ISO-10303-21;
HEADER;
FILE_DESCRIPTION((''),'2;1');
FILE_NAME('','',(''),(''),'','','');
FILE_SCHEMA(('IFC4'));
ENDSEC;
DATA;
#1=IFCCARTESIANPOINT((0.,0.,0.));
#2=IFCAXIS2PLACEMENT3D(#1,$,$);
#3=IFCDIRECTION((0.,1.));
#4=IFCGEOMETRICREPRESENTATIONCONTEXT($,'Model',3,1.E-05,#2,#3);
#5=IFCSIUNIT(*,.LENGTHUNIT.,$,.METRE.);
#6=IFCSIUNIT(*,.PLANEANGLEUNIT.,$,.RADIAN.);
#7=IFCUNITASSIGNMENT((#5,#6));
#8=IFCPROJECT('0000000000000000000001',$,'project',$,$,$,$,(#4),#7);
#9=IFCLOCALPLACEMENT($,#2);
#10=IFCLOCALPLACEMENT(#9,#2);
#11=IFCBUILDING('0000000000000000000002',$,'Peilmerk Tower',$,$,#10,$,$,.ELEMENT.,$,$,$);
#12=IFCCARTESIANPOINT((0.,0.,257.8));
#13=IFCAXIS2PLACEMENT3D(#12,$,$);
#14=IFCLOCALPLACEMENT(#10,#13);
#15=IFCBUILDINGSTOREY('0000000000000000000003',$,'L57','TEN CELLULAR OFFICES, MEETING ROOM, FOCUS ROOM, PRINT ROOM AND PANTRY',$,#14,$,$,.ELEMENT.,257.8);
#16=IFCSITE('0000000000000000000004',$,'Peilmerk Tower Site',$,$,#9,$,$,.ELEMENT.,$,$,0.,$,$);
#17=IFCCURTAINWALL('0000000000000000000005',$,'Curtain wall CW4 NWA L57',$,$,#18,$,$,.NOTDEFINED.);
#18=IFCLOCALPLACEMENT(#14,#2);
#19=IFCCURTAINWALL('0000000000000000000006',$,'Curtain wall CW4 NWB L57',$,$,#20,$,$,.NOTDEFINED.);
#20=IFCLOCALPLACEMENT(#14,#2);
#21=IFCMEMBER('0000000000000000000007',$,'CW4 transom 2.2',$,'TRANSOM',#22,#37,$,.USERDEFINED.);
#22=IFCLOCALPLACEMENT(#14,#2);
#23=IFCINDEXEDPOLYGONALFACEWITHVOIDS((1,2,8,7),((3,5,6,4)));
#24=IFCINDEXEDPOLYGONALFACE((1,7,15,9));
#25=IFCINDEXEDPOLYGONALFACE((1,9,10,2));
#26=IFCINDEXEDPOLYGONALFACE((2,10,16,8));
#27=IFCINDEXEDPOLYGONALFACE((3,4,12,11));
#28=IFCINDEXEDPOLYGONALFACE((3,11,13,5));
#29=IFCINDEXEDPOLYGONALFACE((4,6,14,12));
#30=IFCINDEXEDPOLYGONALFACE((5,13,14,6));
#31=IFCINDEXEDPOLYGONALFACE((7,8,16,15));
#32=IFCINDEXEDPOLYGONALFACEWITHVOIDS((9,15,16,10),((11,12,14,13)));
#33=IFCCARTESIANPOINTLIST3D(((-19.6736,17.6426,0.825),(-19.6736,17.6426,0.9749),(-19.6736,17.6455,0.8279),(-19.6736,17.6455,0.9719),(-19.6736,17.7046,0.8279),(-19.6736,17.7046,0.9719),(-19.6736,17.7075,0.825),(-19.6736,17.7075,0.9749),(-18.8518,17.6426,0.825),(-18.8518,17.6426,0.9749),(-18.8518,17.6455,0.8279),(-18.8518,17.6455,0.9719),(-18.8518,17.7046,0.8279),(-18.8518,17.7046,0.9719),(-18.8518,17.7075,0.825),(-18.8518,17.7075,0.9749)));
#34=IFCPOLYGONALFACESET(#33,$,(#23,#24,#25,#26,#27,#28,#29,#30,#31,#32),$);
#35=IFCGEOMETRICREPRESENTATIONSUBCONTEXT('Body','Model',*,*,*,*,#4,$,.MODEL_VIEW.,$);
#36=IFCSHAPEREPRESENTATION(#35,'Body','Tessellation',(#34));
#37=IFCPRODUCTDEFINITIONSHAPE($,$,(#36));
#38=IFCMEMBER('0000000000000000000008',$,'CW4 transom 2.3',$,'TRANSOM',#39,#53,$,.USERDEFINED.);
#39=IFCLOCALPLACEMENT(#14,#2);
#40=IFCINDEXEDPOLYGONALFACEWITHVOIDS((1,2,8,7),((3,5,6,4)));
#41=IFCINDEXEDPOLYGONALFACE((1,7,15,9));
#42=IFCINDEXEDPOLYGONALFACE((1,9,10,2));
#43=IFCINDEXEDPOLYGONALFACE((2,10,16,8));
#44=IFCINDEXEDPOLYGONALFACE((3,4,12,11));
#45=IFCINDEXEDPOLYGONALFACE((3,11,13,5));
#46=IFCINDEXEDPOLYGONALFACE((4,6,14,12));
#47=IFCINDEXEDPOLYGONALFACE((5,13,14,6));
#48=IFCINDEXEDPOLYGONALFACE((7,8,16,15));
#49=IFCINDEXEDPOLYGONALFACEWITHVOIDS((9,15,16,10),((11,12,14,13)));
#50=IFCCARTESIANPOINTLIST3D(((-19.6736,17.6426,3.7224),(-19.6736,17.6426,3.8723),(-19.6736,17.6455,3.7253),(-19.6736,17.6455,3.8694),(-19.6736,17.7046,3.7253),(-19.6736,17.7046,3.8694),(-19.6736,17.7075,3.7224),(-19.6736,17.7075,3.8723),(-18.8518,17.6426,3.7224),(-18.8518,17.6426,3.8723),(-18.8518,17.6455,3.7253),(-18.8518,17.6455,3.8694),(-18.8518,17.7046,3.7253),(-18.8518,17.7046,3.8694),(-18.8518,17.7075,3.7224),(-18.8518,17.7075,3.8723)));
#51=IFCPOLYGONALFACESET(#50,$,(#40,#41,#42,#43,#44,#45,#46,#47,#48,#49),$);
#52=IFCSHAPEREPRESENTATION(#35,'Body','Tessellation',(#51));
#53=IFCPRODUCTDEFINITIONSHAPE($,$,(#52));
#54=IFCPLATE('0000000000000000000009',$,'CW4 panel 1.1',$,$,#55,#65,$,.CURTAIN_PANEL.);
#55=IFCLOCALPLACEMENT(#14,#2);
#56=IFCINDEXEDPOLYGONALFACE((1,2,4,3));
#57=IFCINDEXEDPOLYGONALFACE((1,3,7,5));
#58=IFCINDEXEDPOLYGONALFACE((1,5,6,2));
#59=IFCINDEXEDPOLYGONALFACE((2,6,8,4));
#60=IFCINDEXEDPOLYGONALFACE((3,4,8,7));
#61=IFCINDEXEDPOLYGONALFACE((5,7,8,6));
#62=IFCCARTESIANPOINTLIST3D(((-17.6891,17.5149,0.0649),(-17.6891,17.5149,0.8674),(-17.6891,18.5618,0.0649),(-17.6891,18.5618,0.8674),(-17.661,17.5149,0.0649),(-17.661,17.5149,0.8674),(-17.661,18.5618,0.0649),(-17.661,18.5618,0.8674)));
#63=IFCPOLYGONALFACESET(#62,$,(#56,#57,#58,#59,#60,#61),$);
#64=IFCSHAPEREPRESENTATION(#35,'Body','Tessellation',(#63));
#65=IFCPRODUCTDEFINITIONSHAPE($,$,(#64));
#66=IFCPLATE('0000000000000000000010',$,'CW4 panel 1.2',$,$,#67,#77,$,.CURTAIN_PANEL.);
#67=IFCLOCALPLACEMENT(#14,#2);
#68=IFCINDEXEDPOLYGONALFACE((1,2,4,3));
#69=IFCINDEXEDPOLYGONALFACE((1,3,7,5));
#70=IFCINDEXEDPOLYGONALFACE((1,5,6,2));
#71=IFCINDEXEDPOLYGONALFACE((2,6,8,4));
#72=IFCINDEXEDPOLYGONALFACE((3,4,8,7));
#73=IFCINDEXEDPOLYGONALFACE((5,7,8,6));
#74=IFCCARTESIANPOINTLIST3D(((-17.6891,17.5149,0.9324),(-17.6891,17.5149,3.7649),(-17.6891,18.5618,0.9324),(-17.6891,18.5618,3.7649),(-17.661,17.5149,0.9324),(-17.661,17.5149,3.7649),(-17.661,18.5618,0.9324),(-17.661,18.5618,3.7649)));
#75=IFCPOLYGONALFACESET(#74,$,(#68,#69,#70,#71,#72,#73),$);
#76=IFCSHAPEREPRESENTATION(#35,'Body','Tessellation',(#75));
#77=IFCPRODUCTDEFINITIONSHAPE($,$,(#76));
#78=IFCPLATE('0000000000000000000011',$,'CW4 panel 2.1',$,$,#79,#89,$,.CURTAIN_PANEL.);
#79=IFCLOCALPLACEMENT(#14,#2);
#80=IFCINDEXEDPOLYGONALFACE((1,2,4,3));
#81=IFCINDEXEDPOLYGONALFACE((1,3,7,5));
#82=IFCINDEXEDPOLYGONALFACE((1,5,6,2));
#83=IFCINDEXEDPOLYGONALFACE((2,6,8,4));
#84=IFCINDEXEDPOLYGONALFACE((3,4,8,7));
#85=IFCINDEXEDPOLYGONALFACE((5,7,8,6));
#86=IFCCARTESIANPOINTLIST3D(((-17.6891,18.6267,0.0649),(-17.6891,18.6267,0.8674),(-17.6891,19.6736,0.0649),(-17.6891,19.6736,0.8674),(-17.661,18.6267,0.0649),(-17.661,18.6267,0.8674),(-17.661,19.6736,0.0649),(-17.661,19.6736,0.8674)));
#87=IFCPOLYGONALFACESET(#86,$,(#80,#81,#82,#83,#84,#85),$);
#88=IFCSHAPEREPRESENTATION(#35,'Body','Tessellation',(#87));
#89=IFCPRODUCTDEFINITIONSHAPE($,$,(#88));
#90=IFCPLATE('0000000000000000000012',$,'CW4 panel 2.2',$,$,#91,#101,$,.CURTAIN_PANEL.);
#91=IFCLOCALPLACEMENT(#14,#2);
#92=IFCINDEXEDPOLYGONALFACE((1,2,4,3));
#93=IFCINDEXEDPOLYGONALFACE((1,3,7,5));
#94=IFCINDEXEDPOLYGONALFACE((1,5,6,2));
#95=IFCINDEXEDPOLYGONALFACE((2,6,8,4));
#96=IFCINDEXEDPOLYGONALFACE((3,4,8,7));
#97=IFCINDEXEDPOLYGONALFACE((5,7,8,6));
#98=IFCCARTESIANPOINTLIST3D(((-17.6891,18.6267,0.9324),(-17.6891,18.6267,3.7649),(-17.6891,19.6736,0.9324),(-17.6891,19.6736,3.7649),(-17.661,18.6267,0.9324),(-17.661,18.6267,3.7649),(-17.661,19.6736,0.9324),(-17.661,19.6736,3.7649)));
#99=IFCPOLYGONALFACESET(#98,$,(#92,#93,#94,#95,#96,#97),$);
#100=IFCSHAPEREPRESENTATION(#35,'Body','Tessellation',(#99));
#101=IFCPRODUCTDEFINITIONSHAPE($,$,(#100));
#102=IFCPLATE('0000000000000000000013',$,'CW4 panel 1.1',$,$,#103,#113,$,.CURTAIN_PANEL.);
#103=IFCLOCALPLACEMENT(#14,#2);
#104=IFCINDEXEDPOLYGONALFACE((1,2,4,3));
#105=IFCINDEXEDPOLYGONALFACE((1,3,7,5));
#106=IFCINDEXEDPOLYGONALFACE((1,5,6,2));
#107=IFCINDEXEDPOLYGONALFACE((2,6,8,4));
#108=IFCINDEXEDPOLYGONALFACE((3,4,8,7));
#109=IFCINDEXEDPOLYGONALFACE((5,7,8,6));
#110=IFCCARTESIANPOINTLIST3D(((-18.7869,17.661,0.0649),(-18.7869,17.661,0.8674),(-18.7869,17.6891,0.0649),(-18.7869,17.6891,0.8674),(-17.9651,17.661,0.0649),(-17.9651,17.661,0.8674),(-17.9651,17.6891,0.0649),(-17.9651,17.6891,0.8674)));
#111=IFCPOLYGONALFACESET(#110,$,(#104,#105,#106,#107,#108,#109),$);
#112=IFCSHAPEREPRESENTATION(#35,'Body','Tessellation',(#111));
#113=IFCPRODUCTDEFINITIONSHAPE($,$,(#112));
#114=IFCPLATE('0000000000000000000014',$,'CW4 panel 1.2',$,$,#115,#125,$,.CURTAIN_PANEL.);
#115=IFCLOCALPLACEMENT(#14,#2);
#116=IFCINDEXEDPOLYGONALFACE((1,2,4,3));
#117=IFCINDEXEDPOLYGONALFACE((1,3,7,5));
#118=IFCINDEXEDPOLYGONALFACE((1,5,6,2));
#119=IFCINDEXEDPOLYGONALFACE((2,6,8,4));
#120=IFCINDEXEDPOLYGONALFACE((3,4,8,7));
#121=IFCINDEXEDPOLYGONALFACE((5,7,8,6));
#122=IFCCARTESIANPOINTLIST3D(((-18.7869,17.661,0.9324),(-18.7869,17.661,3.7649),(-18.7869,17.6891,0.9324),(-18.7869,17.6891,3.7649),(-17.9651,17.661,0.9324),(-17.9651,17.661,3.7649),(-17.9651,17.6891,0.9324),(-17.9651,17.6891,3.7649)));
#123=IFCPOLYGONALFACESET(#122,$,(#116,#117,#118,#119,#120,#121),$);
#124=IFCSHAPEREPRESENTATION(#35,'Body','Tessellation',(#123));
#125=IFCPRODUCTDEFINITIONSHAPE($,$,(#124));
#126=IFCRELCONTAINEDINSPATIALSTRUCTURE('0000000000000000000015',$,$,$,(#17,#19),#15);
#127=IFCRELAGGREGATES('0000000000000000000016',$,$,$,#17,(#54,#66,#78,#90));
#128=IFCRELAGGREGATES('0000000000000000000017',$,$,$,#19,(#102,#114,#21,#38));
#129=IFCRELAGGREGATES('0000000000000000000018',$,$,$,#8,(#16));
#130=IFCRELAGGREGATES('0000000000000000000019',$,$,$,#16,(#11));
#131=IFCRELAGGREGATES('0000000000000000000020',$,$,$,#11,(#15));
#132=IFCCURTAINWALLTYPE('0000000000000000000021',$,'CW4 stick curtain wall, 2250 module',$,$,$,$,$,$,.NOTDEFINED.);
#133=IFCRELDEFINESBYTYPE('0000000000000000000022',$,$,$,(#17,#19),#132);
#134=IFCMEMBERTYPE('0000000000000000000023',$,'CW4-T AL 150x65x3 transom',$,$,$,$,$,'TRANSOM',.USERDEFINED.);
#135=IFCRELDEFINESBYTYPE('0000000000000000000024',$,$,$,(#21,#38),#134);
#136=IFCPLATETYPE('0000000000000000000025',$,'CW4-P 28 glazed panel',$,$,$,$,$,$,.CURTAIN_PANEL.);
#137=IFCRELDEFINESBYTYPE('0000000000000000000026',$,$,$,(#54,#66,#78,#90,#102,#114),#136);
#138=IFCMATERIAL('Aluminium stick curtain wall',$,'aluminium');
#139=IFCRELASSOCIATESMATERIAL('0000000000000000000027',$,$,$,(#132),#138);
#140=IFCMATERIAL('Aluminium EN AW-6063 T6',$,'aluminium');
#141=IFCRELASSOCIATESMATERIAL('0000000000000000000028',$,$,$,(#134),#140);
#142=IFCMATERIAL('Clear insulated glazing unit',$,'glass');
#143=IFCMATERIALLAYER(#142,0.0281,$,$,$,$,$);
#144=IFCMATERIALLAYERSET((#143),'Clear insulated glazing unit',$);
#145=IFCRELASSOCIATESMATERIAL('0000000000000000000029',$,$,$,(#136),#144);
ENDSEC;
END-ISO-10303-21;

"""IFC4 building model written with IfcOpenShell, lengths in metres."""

from ifc_helpers import new_model, si_unit, direction, frame, origin, origin_2d, place, context, subcontext, project, spatial, rectangle, hollow_rectangle, extrude, material, layer, layer_set, material_profile, profile_set, type_object, element, aggregate, save


model = new_model("IFC4")

# Units and contexts
model_context = context("Model", 3, precision=1e-05, world=origin(), true_north=direction((0.0, 1.0)))
body_context = subcontext(model_context, "Body", "Model", "MODEL_VIEW")
ifc_project = project(units=[si_unit("LENGTHUNIT", "METRE"), si_unit("PLANEANGLEUNIT", "RADIAN")], contexts=[model_context])

# Site, building, storey
site_placement = place(None, origin())
site = spatial("IfcSite", under=ifc_project, at=site_placement, Name="Peilmerk Tower Site", CompositionType="ELEMENT", RefElevation=0.0)
building_placement = place(site_placement, origin())
building = spatial("IfcBuilding", under=site, at=building_placement, Name="Peilmerk Tower", CompositionType="ELEMENT")
storey_placement = place(building_placement, frame((0.0, 0.0, 257.8)))
storey = spatial("IfcBuildingStorey", under=building, at=storey_placement, Name="L57", Description="TEN CELLULAR OFFICES, MEETING ROOM, FOCUS ROOM, PRINT ROOM AND PANTRY", CompositionType="ELEMENT", Elevation=257.8)

# Curtain walls
ifc_material_1 = material(Name="Aluminium stick curtain wall", Category="aluminium")
curtain_wall_type = type_object("IfcCurtainWallType", Name="CW4 stick curtain wall, 2250 module", PredefinedType="NOTDEFINED", material=ifc_material_1)
curtain_wall_1_placement = place(storey_placement, origin())
curtain_wall_1 = element("IfcCurtainWall", 1, at=curtain_wall_1_placement, inside=storey, type_object=curtain_wall_type, Name="Curtain wall CW4 NWA L57", PredefinedType="NOTDEFINED")
ifc_material_2 = material(Name="Aluminium EN AW-6063 T6", Category="aluminium")
curtain_wall_2_placement = place(storey_placement, origin())
curtain_wall_2 = element("IfcCurtainWall", 2, at=curtain_wall_2_placement, inside=storey, type_object=curtain_wall_type, Name="Curtain wall CW4 NWB L57", PredefinedType="NOTDEFINED")

# Members
ifc_material_profile_1 = material_profile(ifc_material_2, hollow_rectangle(XDim=0.0649, YDim=0.1499, WallThickness=0.0029, at=origin_2d()), Name="AL 150x65x3")
ifc_profile_set_1 = profile_set([ifc_material_profile_1], Name="Aluminium EN AW-6063 T6")
member_type_1 = type_object("IfcMemberType", Name="CW4-T AL 150x65x3 transom", ElementType="TRANSOM", PredefinedType="USERDEFINED", material=ifc_profile_set_1)
member_1_placement = place(storey_placement, frame((-18.8518, 17.675, 0.8999), z_axis=(-1.0, 0.0, 0.0), x_axis=(0.0, -1.0, 0.0)))
member_1 = element("IfcMember", 3, at=member_1_placement, type_object=member_type_1, Name="CW4 transom 2.2", ObjectType="TRANSOM", PredefinedType="USERDEFINED", context=body_context, shape_type="SweptSolid", body=[
    extrude(hollow_rectangle(XDim=0.0649, YDim=0.1499, WallThickness=0.0029, at=origin_2d()), origin(), (0.0, 0.0, 1.0), 0.8218),
])
member_2_placement = place(storey_placement, frame((-18.8518, 17.675, 3.7974), z_axis=(-1.0, 0.0, 0.0), x_axis=(0.0, -1.0, 0.0)))
member_2 = element("IfcMember", 4, at=member_2_placement, type_object=member_type_1, Name="CW4 transom 2.3", ObjectType="TRANSOM", PredefinedType="USERDEFINED", context=body_context, shape_type="SweptSolid", body=[
    extrude(hollow_rectangle(XDim=0.0649, YDim=0.1499, WallThickness=0.0029, at=origin_2d()), origin(), (0.0, 0.0, 1.0), 0.8218),
])

# Plates
ifc_material_3 = material(Name="Clear insulated glazing unit", Category="glass")
ifc_layer_1 = layer(ifc_material_3, 0.0281)
ifc_layer_set_1 = layer_set([ifc_layer_1], Name="Clear insulated glazing unit")
plate_type = type_object("IfcPlateType", Name="CW4-P 28 glazed panel", PredefinedType="CURTAIN_PANEL", material=ifc_layer_set_1)
plate_1_placement = place(storey_placement, frame((-17.675, 18.0383, 0.0649), z_axis=(0.0, 0.0, 1.0), x_axis=(0.0, 1.0, 0.0)))
plate_1 = element("IfcPlate", 5, at=plate_1_placement, type_object=plate_type, Name="CW4 panel 1.1", PredefinedType="CURTAIN_PANEL", context=body_context, shape_type="SweptSolid", body=[
    extrude(rectangle(XDim=1.0469, YDim=0.0281, at=origin_2d()), origin(), (0.0, 0.0, 1.0), 0.8025),
])
plate_2_placement = place(storey_placement, frame((-17.675, 18.0383, 0.9324), z_axis=(0.0, 0.0, 1.0), x_axis=(0.0, 1.0, 0.0)))
plate_2 = element("IfcPlate", 6, at=plate_2_placement, type_object=plate_type, Name="CW4 panel 1.2", PredefinedType="CURTAIN_PANEL", context=body_context, shape_type="SweptSolid", body=[
    extrude(rectangle(XDim=1.0469, YDim=0.0281, at=origin_2d()), origin(), (0.0, 0.0, 1.0), 2.8325),
])
plate_3_placement = place(storey_placement, frame((-17.675, 19.1501, 0.0649), z_axis=(0.0, 0.0, 1.0), x_axis=(0.0, 1.0, 0.0)))
plate_3 = element("IfcPlate", 7, at=plate_3_placement, type_object=plate_type, Name="CW4 panel 2.1", PredefinedType="CURTAIN_PANEL", context=body_context, shape_type="SweptSolid", body=[
    extrude(rectangle(XDim=1.0469, YDim=0.0281, at=origin_2d()), origin(), (0.0, 0.0, 1.0), 0.8025),
])
plate_4_placement = place(storey_placement, frame((-17.675, 19.1501, 0.9324), z_axis=(0.0, 0.0, 1.0), x_axis=(0.0, 1.0, 0.0)))
plate_4 = element("IfcPlate", 8, at=plate_4_placement, type_object=plate_type, Name="CW4 panel 2.2", PredefinedType="CURTAIN_PANEL", context=body_context, shape_type="SweptSolid", body=[
    extrude(rectangle(XDim=1.0469, YDim=0.0281, at=origin_2d()), origin(), (0.0, 0.0, 1.0), 2.8325),
])
aggregate(curtain_wall_1, [plate_1, plate_2, plate_3, plate_4])
plate_5_placement = place(storey_placement, frame((-18.376, 17.675, 0.0649), z_axis=(0.0, 0.0, 1.0), x_axis=(-1.0, 0.0, 0.0)))
plate_5 = element("IfcPlate", 9, at=plate_5_placement, type_object=plate_type, Name="CW4 panel 1.1", PredefinedType="CURTAIN_PANEL", context=body_context, shape_type="SweptSolid", body=[
    extrude(rectangle(XDim=0.8218, YDim=0.0281, at=origin_2d()), origin(), (0.0, 0.0, 1.0), 0.8025),
])
plate_6_placement = place(storey_placement, frame((-18.376, 17.675, 0.9324), z_axis=(0.0, 0.0, 1.0), x_axis=(-1.0, 0.0, 0.0)))
plate_6 = element("IfcPlate", 10, at=plate_6_placement, type_object=plate_type, Name="CW4 panel 1.2", PredefinedType="CURTAIN_PANEL", context=body_context, shape_type="SweptSolid", body=[
    extrude(rectangle(XDim=0.8218, YDim=0.0281, at=origin_2d()), origin(), (0.0, 0.0, 1.0), 2.8325),
])
aggregate(curtain_wall_2, [plate_5, plate_6, member_1, member_2])

save(model, "model.ifc")
